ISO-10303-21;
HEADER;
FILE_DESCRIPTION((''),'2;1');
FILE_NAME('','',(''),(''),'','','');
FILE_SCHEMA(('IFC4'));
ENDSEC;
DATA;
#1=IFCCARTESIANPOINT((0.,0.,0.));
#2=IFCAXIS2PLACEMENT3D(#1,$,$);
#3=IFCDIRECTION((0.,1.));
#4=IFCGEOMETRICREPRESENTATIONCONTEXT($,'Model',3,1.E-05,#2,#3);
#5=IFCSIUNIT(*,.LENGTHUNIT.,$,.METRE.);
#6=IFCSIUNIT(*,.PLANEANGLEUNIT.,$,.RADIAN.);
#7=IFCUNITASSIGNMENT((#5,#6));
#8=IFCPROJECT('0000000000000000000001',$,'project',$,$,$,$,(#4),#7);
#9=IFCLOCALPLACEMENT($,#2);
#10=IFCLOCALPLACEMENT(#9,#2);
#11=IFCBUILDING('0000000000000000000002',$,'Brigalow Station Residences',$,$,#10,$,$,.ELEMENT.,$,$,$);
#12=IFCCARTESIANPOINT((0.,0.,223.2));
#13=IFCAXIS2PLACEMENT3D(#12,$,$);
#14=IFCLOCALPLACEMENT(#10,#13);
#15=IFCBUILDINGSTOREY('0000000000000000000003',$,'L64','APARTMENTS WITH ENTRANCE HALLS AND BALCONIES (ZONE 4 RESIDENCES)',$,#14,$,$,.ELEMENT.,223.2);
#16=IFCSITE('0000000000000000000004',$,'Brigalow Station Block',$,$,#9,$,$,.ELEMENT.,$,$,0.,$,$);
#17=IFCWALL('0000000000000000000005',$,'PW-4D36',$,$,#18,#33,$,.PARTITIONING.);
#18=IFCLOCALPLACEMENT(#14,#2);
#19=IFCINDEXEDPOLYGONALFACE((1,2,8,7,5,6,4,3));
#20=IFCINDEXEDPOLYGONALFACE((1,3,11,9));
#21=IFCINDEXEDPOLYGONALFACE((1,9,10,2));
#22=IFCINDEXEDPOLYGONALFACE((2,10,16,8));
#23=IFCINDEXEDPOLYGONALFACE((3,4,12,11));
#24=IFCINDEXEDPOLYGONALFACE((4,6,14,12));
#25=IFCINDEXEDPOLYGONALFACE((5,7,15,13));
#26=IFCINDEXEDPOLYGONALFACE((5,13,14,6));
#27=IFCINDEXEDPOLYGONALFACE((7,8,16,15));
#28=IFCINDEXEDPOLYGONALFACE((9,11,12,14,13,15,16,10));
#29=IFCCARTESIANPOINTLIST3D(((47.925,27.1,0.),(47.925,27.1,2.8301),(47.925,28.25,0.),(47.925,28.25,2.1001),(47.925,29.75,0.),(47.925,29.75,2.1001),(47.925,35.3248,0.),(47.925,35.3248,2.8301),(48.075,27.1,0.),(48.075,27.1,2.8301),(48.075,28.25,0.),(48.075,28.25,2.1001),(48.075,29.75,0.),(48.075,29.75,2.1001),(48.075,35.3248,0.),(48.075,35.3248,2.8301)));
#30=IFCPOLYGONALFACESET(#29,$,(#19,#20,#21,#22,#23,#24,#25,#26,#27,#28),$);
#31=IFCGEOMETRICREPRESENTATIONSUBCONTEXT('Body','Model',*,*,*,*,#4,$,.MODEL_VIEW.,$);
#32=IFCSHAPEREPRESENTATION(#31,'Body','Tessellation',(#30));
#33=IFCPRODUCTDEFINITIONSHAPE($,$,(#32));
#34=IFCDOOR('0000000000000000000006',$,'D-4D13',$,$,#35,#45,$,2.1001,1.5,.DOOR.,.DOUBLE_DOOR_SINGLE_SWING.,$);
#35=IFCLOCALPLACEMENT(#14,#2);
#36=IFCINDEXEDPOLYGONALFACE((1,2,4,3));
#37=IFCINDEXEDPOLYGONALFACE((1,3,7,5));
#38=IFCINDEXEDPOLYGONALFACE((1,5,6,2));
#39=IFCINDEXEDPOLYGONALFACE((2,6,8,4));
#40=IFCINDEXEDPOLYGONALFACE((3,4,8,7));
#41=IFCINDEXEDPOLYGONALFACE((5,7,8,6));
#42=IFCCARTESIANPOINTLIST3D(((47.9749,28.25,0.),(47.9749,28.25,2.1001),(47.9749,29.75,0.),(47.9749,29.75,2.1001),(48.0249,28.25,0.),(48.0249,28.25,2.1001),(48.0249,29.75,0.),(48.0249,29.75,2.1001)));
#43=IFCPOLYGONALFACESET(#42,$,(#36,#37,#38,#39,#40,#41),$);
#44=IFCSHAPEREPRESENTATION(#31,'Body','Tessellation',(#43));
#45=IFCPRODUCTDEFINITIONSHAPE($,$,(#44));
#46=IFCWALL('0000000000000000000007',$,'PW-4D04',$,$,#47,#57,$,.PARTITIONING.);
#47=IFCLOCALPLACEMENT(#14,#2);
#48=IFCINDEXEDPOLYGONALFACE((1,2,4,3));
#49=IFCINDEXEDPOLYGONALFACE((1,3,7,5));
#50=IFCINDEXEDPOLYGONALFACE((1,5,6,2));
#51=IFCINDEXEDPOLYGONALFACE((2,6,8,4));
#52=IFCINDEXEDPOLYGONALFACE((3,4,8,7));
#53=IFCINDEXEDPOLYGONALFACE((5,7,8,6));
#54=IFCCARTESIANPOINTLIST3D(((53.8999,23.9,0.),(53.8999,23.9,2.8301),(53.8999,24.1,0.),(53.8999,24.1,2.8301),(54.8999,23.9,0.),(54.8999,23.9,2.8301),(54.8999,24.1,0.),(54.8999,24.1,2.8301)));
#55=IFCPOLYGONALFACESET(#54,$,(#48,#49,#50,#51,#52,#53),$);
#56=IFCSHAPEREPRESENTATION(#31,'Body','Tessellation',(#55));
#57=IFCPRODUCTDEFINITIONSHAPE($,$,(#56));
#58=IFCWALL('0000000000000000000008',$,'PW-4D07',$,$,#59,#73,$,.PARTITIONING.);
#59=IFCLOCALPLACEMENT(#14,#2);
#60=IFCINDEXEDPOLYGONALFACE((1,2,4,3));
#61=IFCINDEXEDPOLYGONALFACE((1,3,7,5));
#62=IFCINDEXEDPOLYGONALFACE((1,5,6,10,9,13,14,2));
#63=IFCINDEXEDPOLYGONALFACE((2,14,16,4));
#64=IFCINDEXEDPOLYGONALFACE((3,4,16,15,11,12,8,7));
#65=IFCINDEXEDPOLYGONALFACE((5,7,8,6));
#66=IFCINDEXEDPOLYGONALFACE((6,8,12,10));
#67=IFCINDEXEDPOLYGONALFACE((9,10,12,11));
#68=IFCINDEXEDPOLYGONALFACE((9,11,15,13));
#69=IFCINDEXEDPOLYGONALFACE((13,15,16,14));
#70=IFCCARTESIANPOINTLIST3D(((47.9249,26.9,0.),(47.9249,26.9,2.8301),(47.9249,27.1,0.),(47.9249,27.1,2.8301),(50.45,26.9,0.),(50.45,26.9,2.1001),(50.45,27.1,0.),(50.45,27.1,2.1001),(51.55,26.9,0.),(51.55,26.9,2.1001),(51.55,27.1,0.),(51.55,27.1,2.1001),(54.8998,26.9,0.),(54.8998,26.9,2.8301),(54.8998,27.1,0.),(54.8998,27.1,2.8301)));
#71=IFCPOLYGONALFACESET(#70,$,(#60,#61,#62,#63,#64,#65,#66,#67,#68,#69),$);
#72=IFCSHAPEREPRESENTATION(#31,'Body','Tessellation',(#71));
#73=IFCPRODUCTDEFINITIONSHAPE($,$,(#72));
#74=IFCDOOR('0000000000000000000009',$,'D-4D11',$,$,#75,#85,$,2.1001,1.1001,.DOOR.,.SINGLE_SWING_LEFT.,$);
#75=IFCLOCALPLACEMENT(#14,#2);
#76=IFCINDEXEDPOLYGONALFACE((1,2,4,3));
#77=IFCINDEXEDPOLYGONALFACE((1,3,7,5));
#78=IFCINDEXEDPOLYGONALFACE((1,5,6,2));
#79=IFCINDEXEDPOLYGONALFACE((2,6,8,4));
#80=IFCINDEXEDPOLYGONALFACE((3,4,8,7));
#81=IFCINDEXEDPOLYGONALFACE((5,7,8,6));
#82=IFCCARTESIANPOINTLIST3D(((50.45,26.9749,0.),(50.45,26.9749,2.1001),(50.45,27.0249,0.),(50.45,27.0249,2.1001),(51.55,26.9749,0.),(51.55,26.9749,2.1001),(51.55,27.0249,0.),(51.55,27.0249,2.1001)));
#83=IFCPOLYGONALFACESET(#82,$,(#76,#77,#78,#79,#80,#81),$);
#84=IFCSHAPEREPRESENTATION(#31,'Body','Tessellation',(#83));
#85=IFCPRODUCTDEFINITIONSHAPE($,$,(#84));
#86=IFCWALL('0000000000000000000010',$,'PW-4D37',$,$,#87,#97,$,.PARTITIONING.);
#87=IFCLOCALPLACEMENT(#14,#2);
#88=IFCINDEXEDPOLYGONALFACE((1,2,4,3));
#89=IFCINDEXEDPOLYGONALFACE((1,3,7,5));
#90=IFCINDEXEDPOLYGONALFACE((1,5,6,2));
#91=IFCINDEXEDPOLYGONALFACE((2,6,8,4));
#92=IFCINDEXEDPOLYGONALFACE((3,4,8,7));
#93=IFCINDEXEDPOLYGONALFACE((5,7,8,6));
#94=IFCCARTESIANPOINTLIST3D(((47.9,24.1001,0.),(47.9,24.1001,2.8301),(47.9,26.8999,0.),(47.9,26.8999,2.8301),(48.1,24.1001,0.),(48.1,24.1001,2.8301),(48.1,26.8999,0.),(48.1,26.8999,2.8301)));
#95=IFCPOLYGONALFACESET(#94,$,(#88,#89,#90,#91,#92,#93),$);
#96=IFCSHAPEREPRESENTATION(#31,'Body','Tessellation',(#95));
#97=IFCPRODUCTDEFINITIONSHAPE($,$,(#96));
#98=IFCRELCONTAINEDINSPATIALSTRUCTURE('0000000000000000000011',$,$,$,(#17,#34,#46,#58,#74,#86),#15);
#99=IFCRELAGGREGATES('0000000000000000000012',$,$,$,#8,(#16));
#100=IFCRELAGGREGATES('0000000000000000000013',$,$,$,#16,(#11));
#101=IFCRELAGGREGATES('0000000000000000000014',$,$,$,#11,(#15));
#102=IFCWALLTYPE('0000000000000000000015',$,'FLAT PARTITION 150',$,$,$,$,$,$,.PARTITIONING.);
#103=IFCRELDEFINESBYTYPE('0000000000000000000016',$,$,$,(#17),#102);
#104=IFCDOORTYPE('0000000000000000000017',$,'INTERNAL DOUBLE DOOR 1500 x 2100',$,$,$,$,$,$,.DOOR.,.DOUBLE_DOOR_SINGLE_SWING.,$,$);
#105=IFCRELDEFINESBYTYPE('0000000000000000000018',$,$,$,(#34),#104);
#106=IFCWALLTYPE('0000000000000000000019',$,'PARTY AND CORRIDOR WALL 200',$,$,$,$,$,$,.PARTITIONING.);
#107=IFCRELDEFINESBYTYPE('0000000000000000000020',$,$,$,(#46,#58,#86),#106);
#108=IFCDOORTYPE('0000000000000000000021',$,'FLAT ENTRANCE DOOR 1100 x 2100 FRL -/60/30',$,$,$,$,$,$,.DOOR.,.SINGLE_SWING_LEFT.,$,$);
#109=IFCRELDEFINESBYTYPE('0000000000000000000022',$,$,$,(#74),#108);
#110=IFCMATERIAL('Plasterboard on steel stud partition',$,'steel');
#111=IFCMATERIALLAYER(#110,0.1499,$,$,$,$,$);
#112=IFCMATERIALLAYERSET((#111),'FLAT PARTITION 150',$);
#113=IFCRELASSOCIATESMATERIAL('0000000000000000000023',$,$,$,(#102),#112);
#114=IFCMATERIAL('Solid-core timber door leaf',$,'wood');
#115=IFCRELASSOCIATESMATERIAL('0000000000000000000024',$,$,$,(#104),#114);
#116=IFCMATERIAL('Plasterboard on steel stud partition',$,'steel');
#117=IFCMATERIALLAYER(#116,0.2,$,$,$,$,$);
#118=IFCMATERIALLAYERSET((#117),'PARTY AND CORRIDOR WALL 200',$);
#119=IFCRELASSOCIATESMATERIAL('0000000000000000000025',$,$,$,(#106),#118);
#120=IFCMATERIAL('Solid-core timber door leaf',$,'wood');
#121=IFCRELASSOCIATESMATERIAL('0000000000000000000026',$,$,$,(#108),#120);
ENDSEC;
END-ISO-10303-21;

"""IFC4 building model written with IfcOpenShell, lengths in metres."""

from ifc_helpers import new_model, si_unit, direction, frame, frame_2d, origin, place, context, subcontext, project, spatial, rectangle, extrude, material, layer, layer_set, type_object, element, fill, save


model = new_model("IFC4")

# Units and contexts
model_context = context("Model", 3, precision=1e-05, world=origin(), true_north=direction((0.0, 1.0)))
body_context = subcontext(model_context, "Body", "Model", "MODEL_VIEW")
ifc_project = project(units=[si_unit("LENGTHUNIT", "METRE"), si_unit("PLANEANGLEUNIT", "RADIAN")], contexts=[model_context])

# Site, building, storey
site_placement = place(None, origin())
site = spatial("IfcSite", under=ifc_project, at=site_placement, Name="Brigalow Station Block", CompositionType="ELEMENT", RefElevation=0.0)
building_placement = place(site_placement, origin())
building = spatial("IfcBuilding", under=site, at=building_placement, Name="Brigalow Station Residences", CompositionType="ELEMENT")
storey_placement = place(building_placement, frame((0.0, 0.0, 223.2)))
storey = spatial("IfcBuildingStorey", under=building, at=storey_placement, Name="L64", Description="APARTMENTS WITH ENTRANCE HALLS AND BALCONIES (ZONE 4 RESIDENCES)", CompositionType="ELEMENT", Elevation=223.2)

# Wall, opening, door
ifc_material_1 = material(Name="Plasterboard on steel stud partition", Category="steel")
ifc_layer_1 = layer(ifc_material_1, 0.1499)
ifc_layer_set_1 = layer_set([ifc_layer_1], Name="FLAT PARTITION 150")
wall_type_1 = type_object("IfcWallType", Name="FLAT PARTITION 150", PredefinedType="PARTITIONING", material=ifc_layer_set_1)
ifc_material_2 = material(Name="Solid-core timber door leaf", Category="wood")
door_type_1 = type_object("IfcDoorType", Name="INTERNAL DOUBLE DOOR 1500 x 2100", OperationType="DOUBLE_DOOR_SINGLE_SWING", PredefinedType="DOOR", material=ifc_material_2)
wall_1_placement = place(storey_placement, frame((48.0, 27.1001, 0.0), z_axis=(0.0, 0.0, 1.0), x_axis=(0.0, 1.0, 0.0)))
wall_1 = element("IfcWall", 1, at=wall_1_placement, inside=storey, type_object=wall_type_1, Name="PW-4D36", PredefinedType="PARTITIONING", context=body_context, shape_type="SweptSolid", body=[
    extrude(rectangle(XDim=8.2249, YDim=0.1499, at=frame_2d((4.1123, 0.0))), origin(), (0.0, 0.0, 1.0), 2.8301),
])
opening_1_placement = place(wall_1_placement, frame((1.1499, 0.0, 0.0)))
opening_1 = element("IfcOpeningElement", 2, at=opening_1_placement, cuts=wall_1, PredefinedType="OPENING", context=body_context, shape_type="SweptSolid", body=[
    extrude(rectangle(XDim=1.5, YDim=2.1001, at=frame_2d((0.75, 1.05))), frame((0.0, 0.085, 0.0), z_axis=(0.0, -1.0, 0.0), x_axis=(1.0, 0.0, 0.0)), (0.0, 0.0, 1.0), 0.1699),
])
door_1_placement = place(opening_1_placement, frame((1.5, 0.0, 0.0), z_axis=(0.0, 0.0, 1.0), x_axis=(-1.0, 0.0, 0.0)))
door_1 = element("IfcDoor", 3, at=door_1_placement, inside=storey, type_object=door_type_1, Name="D-4D13", OperationType="DOUBLE_DOOR_SINGLE_SWING", OverallHeight=2.1001, OverallWidth=1.5, PredefinedType="DOOR", context=body_context, shape_type="SweptSolid", body=[
    extrude(rectangle(XDim=1.5, YDim=2.1001, at=frame_2d((0.75, 1.05))), frame((0.0, 0.0249, 0.0), z_axis=(0.0, -1.0, 0.0), x_axis=(1.0, 0.0, 0.0)), (0.0, 0.0, 1.0), 0.05),
])
fill(opening_1, door_1)

# Wall
ifc_material_3 = material(Name="Plasterboard on steel stud partition", Category="steel")
ifc_layer_2 = layer(ifc_material_3, 0.2)
ifc_layer_set_2 = layer_set([ifc_layer_2], Name="PARTY AND CORRIDOR WALL 200")
wall_type_2 = type_object("IfcWallType", Name="PARTY AND CORRIDOR WALL 200", PredefinedType="PARTITIONING", material=ifc_layer_set_2)
wall_2_placement = place(storey_placement, frame((53.8999, 24.0, 0.0), z_axis=(0.0, 0.0, 1.0), x_axis=(1.0, 0.0, 0.0)))
element("IfcWall", 4, at=wall_2_placement, inside=storey, type_object=wall_type_2, Name="PW-4D04", PredefinedType="PARTITIONING", context=body_context, shape_type="SweptSolid", body=[
    extrude(rectangle(XDim=1.0, YDim=0.2, at=frame_2d((0.5, 0.0))), origin(), (0.0, 0.0, 1.0), 2.8301),
])

# Wall, opening, door
wall_3_placement = place(storey_placement, frame((47.925, 27.0, 0.0), z_axis=(0.0, 0.0, 1.0), x_axis=(1.0, 0.0, 0.0)))
wall_3 = element("IfcWall", 5, at=wall_3_placement, inside=storey, type_object=wall_type_2, Name="PW-4D07", PredefinedType="PARTITIONING", context=body_context, shape_type="SweptSolid", body=[
    extrude(rectangle(XDim=6.9749, YDim=0.2, at=frame_2d((3.4873, 0.0))), origin(), (0.0, 0.0, 1.0), 2.8301),
])
opening_2_placement = place(wall_3_placement, frame((2.5249, 0.0, 0.0)))
opening_2 = element("IfcOpeningElement", 6, at=opening_2_placement, cuts=wall_3, PredefinedType="OPENING", context=body_context, shape_type="SweptSolid", body=[
    extrude(rectangle(XDim=1.1001, YDim=2.1001, at=frame_2d((0.55, 1.05))), frame((0.0, 0.1099, 0.0), z_axis=(0.0, -1.0, 0.0), x_axis=(1.0, 0.0, 0.0)), (0.0, 0.0, 1.0), 0.22),
])
ifc_material_4 = material(Name="Solid-core timber door leaf", Category="wood")
door_type_2 = type_object("IfcDoorType", Name="FLAT ENTRANCE DOOR 1100 x 2100 FRL -/60/30", OperationType="SINGLE_SWING_LEFT", PredefinedType="DOOR", material=ifc_material_4)
door_2_placement = place(opening_2_placement, origin())
door_2 = element("IfcDoor", 7, at=door_2_placement, inside=storey, type_object=door_type_2, Name="D-4D11", OperationType="SINGLE_SWING_LEFT", OverallHeight=2.1001, OverallWidth=1.1001, PredefinedType="DOOR", context=body_context, shape_type="SweptSolid", body=[
    extrude(rectangle(XDim=1.1001, YDim=2.1001, at=frame_2d((0.55, 1.05))), frame((0.0, 0.0249, 0.0), z_axis=(0.0, -1.0, 0.0), x_axis=(1.0, 0.0, 0.0)), (0.0, 0.0, 1.0), 0.05),
])
fill(opening_2, door_2)

# Wall
wall_4_placement = place(storey_placement, frame((48.0, 24.1001, 0.0), z_axis=(0.0, 0.0, 1.0), x_axis=(0.0, 1.0, 0.0)))
element("IfcWall", 8, at=wall_4_placement, inside=storey, type_object=wall_type_2, Name="PW-4D37", PredefinedType="PARTITIONING", context=body_context, shape_type="SweptSolid", body=[
    extrude(rectangle(XDim=2.7998, YDim=0.2, at=frame_2d((1.3999, 0.0))), origin(), (0.0, 0.0, 1.0), 2.8301),
])

save(model, "model.ifc")
